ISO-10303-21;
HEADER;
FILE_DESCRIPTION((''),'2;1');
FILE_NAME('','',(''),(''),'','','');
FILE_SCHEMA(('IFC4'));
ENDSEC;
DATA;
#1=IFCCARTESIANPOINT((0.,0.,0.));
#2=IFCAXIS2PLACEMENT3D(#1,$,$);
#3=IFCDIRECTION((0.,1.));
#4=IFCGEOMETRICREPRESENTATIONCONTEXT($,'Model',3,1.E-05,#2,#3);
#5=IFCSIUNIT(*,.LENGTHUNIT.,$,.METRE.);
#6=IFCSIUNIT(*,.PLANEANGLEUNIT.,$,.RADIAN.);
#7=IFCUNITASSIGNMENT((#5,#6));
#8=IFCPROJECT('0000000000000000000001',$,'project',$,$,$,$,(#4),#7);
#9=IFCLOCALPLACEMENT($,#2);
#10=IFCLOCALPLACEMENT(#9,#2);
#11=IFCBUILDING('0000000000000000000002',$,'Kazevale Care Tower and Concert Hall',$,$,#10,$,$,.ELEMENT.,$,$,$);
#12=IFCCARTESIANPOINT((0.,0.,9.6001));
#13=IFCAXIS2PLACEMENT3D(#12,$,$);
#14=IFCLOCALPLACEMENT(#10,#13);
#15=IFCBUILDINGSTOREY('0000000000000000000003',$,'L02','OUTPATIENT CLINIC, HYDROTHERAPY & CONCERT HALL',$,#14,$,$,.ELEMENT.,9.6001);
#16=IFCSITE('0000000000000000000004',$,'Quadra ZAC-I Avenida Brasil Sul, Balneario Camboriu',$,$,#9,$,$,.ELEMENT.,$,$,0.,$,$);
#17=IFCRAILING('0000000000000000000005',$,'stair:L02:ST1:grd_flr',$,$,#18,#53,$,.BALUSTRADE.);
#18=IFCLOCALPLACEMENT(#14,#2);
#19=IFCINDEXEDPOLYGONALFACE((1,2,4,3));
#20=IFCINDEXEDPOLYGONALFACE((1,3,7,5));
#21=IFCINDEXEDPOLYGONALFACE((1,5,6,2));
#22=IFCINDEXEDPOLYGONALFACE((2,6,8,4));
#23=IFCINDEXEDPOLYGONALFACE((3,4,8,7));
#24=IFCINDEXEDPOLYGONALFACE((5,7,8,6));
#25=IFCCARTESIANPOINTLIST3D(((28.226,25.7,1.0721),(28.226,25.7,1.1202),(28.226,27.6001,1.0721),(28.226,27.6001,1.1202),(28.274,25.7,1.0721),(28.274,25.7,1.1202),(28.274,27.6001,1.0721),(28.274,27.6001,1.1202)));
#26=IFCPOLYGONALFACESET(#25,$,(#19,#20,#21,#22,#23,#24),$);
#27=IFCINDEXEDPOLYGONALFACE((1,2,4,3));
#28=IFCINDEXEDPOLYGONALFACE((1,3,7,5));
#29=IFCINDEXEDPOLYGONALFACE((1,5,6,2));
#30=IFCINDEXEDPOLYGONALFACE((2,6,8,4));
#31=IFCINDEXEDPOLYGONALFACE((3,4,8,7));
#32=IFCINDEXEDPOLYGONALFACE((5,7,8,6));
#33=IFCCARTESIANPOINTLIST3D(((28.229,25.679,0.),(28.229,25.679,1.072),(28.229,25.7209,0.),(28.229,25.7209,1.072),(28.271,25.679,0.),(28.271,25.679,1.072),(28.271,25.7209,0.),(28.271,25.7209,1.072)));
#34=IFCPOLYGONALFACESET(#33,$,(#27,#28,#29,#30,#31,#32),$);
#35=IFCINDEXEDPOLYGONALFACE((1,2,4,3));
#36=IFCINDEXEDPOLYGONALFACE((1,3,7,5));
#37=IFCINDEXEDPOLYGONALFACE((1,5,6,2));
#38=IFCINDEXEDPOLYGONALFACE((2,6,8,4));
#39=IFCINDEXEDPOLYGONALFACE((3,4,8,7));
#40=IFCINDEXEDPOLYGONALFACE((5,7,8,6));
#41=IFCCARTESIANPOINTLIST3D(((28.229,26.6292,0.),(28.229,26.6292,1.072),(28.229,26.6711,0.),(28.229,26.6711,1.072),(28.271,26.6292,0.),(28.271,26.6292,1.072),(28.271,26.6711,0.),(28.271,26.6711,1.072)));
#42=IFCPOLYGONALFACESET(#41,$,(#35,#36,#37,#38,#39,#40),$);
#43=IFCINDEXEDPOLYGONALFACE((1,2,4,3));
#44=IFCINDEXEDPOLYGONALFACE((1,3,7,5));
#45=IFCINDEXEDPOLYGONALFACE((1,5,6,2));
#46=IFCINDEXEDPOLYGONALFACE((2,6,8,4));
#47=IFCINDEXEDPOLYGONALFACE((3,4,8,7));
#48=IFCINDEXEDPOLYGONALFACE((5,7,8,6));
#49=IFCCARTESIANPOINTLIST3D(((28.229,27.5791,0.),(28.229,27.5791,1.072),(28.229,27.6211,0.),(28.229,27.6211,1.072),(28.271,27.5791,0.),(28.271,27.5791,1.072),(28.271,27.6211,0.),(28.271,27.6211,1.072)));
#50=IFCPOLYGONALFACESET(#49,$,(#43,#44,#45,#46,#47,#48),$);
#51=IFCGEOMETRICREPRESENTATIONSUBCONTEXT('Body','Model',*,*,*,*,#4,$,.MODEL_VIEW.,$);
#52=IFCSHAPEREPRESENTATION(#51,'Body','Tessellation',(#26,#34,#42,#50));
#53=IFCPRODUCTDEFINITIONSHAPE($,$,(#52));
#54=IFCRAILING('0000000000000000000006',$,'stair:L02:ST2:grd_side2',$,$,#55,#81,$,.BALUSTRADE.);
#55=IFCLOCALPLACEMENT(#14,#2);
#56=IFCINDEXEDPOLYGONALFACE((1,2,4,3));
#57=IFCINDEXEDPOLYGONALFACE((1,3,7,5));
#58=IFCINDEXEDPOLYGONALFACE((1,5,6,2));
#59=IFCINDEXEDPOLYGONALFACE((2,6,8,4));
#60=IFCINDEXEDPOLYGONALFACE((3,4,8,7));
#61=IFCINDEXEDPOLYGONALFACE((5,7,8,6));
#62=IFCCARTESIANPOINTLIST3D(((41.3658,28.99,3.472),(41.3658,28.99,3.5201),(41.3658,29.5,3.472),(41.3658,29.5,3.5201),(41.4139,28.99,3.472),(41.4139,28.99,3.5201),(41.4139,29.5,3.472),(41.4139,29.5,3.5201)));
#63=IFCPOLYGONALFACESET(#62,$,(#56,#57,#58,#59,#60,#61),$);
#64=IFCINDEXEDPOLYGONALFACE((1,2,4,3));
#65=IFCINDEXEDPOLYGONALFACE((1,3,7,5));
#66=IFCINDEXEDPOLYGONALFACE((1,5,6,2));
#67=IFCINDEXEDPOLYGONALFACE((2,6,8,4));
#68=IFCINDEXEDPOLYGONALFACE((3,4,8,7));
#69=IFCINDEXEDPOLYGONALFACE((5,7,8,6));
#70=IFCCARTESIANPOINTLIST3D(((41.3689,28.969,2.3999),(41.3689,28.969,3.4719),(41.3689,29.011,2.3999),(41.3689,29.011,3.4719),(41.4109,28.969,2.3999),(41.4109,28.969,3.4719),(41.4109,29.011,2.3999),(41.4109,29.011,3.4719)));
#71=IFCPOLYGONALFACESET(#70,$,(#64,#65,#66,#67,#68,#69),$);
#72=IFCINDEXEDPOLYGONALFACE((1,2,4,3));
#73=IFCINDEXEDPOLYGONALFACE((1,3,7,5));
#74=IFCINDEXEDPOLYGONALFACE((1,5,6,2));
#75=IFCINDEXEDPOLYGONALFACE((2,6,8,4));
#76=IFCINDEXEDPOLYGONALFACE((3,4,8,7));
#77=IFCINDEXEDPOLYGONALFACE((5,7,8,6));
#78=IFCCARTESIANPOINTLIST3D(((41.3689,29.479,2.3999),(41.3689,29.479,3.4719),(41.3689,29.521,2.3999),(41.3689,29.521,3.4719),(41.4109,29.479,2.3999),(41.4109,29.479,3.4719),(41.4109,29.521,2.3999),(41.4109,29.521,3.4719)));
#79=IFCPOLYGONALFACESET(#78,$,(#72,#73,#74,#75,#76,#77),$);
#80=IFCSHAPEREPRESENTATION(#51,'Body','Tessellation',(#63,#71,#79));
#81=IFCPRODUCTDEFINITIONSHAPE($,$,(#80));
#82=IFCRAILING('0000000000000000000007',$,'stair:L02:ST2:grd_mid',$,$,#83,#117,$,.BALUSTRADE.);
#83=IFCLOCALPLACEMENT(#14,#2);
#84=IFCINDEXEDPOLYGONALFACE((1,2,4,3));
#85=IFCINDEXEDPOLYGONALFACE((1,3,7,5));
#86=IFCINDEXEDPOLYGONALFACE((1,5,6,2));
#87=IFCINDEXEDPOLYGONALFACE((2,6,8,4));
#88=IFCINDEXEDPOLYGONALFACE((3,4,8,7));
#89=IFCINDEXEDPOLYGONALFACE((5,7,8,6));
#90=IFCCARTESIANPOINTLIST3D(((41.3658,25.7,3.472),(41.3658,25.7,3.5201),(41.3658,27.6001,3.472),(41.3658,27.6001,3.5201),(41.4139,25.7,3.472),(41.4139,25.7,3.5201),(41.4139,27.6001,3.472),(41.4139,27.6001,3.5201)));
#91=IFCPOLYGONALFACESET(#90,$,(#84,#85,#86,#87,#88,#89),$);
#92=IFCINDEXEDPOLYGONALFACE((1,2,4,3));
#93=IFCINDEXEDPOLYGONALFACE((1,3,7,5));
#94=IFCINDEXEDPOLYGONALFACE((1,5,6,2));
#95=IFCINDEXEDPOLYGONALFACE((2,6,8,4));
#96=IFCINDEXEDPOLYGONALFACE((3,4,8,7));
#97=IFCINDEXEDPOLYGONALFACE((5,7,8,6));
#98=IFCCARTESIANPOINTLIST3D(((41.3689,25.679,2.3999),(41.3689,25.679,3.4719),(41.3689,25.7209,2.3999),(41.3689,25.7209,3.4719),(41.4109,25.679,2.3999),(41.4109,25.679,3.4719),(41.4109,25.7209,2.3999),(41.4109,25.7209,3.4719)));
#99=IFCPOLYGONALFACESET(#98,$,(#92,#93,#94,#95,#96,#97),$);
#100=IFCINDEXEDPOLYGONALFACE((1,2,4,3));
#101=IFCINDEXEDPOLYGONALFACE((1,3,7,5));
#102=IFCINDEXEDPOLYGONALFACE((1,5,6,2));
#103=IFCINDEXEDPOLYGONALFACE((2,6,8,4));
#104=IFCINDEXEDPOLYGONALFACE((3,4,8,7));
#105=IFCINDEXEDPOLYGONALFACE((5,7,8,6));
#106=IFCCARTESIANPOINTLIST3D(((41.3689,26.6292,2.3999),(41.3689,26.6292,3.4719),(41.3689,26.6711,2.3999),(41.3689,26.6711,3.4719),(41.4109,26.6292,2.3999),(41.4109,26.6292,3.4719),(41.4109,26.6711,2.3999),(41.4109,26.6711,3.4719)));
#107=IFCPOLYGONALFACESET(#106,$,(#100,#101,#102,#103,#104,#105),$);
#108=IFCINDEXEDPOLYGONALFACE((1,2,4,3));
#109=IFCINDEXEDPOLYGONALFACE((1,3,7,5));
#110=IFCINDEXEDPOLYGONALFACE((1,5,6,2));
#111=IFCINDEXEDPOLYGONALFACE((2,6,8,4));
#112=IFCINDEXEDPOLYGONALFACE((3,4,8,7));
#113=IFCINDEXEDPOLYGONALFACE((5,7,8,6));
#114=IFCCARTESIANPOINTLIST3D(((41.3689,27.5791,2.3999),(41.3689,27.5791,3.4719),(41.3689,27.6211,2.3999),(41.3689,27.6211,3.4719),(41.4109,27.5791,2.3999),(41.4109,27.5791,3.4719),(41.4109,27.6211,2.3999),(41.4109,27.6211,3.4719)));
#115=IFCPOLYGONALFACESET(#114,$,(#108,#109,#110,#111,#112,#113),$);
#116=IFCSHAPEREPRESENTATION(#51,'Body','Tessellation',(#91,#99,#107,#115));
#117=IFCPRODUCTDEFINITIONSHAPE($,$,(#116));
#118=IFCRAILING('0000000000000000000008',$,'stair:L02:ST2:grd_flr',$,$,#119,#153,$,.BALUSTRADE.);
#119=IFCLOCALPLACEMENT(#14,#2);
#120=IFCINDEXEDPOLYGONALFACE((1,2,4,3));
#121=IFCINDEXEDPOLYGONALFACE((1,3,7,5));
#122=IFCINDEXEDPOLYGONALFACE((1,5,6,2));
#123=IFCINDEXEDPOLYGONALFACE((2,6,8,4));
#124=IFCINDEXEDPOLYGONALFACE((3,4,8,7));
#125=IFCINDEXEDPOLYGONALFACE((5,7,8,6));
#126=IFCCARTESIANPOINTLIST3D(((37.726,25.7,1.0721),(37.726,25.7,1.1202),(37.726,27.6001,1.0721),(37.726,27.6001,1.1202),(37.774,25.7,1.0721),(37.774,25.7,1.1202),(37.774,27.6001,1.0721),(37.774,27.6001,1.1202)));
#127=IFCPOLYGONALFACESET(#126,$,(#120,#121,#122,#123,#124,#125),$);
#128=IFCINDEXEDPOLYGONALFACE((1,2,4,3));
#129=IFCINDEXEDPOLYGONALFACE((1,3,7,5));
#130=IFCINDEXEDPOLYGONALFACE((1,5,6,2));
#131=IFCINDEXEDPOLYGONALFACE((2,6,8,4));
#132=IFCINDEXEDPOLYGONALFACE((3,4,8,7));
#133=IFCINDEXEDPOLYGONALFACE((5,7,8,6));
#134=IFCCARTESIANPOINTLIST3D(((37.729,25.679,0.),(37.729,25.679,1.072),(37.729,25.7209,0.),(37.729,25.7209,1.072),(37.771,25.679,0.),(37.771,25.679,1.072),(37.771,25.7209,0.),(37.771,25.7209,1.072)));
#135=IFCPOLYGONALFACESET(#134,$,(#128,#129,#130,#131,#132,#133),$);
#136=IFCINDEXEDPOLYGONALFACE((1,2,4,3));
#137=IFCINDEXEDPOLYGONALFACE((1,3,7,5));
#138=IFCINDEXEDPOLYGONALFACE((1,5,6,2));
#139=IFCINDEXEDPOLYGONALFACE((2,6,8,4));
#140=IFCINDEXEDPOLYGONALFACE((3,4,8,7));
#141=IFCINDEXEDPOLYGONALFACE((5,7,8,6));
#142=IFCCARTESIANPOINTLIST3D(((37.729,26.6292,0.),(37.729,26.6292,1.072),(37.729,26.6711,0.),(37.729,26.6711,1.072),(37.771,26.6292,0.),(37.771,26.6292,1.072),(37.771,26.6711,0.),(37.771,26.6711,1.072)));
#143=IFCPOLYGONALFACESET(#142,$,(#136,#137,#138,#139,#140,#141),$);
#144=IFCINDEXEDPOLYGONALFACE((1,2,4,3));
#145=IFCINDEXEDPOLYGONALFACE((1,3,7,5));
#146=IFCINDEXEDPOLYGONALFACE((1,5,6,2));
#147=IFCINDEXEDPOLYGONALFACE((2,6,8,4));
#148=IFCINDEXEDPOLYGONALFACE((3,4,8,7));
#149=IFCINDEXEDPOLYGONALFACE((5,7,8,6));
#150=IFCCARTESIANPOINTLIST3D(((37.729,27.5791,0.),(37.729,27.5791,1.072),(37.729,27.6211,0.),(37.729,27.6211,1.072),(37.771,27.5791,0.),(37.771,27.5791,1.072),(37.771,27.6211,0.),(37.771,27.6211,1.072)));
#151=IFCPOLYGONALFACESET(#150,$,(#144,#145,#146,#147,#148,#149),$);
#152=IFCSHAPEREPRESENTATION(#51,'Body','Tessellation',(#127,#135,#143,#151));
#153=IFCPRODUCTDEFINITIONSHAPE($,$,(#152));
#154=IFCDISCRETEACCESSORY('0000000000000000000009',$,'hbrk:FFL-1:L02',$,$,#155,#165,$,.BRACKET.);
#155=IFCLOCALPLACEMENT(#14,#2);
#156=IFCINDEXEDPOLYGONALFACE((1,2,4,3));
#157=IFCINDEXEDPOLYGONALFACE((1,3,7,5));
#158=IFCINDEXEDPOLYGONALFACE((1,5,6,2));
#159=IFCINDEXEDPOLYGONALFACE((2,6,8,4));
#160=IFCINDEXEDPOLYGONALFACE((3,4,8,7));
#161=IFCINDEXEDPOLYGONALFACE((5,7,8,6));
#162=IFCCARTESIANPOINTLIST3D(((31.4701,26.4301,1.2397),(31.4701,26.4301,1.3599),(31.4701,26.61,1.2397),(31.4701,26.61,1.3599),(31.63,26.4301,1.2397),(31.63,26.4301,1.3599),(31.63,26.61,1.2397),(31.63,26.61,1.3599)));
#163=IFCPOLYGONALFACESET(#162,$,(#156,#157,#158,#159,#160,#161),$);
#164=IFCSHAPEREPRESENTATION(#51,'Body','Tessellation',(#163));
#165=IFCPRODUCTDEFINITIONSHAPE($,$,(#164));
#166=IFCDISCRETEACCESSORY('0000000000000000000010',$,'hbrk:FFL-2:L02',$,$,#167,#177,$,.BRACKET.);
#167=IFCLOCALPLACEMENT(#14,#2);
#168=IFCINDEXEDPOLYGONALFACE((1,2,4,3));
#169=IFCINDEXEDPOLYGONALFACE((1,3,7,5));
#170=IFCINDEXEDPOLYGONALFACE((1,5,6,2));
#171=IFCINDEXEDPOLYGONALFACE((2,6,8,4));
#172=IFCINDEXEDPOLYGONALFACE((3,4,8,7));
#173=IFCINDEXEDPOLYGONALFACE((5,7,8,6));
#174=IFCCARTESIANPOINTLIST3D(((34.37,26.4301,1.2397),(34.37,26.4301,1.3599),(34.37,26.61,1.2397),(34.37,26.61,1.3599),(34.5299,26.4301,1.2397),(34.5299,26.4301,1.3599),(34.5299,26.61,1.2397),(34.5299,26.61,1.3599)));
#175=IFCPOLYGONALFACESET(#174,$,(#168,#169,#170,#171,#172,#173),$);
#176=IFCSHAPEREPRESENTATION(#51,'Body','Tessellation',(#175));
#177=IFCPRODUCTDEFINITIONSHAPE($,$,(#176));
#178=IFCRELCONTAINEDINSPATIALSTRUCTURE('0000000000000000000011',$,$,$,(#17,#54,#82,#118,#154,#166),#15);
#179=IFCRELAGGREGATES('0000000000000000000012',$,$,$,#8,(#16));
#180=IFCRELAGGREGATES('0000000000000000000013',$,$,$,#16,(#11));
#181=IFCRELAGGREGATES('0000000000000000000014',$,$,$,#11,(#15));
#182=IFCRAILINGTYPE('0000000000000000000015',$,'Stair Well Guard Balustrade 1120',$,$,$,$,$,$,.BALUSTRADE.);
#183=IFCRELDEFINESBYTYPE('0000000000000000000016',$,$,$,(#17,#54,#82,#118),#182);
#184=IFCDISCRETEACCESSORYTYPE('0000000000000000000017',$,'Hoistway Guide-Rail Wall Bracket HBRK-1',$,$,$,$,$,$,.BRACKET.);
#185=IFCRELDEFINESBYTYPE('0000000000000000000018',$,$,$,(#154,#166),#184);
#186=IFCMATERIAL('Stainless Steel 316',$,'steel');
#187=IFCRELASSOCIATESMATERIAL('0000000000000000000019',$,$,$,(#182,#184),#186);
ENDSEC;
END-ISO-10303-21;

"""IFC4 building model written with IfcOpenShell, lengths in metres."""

from ifc_helpers import new_model, si_unit, direction, frame, origin, origin_2d, place, context, subcontext, project, spatial, rectangle, extrude, material, type_object, element, save


model = new_model("IFC4")

# Units and contexts
model_context = context("Model", 3, precision=1e-05, world=origin(), true_north=direction((0.0, 1.0)))
body_context = subcontext(model_context, "Body", "Model", "MODEL_VIEW")
ifc_project = project(units=[si_unit("LENGTHUNIT", "METRE"), si_unit("PLANEANGLEUNIT", "RADIAN")], contexts=[model_context])

# Site, building, storey
site_placement = place(None, origin())
site = spatial("IfcSite", under=ifc_project, at=site_placement, Name="Quadra ZAC-I Avenida Brasil Sul, Balneario Camboriu", CompositionType="ELEMENT", RefElevation=0.0)
building_placement = place(site_placement, origin())
building = spatial("IfcBuilding", under=site, at=building_placement, Name="Kazevale Care Tower and Concert Hall", CompositionType="ELEMENT")
storey_placement = place(building_placement, frame((0.0, 0.0, 9.6001)))
storey = spatial("IfcBuildingStorey", under=building, at=storey_placement, Name="L02", Description="OUTPATIENT CLINIC, HYDROTHERAPY & CONCERT HALL", CompositionType="ELEMENT", Elevation=9.6001)

# Shared definitions
ifc_material_1 = material(Name="Stainless Steel 316", Category="steel")

# Railings
railing_type_1 = type_object("IfcRailingType", Name="Stair Well Guard Balustrade 1120", PredefinedType="BALUSTRADE", material=ifc_material_1)
railing_1_placement = place(storey_placement, frame((28.25, 25.7, 0.0)))
element("IfcRailing", 1, at=railing_1_placement, inside=storey, type_object=railing_type_1, Name="stair:L02:ST1:grd_flr", PredefinedType="BALUSTRADE", context=body_context, shape_type="SweptSolid", body=[
    extrude(rectangle(XDim=0.0481, YDim=0.0481, at=origin_2d()), frame((0.0, 0.0, 1.0962), z_axis=(0.0, 1.0, 0.0), x_axis=(-1.0, 0.0, 0.0)), (0.0, 0.0, 1.0), 1.9001),
    extrude(rectangle(XDim=0.042, YDim=0.042, at=origin_2d()), origin(), (0.0, 0.0, 1.0), 1.072),
    extrude(rectangle(XDim=0.042, YDim=0.042, at=origin_2d()), frame((0.0, 0.9502, 0.0)), (0.0, 0.0, 1.0), 1.072),
    extrude(rectangle(XDim=0.042, YDim=0.042, at=origin_2d()), frame((0.0, 1.9001, 0.0)), (0.0, 0.0, 1.0), 1.072),
])
railing_2_placement = place(storey_placement, frame((41.3899, 28.99, 2.3999)))
element("IfcRailing", 2, at=railing_2_placement, inside=storey, type_object=railing_type_1, Name="stair:L02:ST2:grd_side2", PredefinedType="BALUSTRADE", context=body_context, shape_type="SweptSolid", body=[
    extrude(rectangle(XDim=0.0481, YDim=0.0481, at=origin_2d()), frame((0.0, 0.0, 1.0962), z_axis=(0.0, 1.0, 0.0), x_axis=(-1.0, 0.0, 0.0)), (0.0, 0.0, 1.0), 0.51),
    extrude(rectangle(XDim=0.042, YDim=0.042, at=origin_2d()), origin(), (0.0, 0.0, 1.0), 1.072),
    extrude(rectangle(XDim=0.042, YDim=0.042, at=origin_2d()), frame((0.0, 0.51, 0.0)), (0.0, 0.0, 1.0), 1.072),
])
for number, where, name in (
    (3, (41.3899, 25.7, 2.3999), "stair:L02:ST2:grd_mid"),
    (4, (37.75, 25.7, 0.0), "stair:L02:ST2:grd_flr"),
):
    element("IfcRailing", number, at=place(storey_placement, frame(where)), inside=storey, type_object=railing_type_1, Name=name, PredefinedType="BALUSTRADE", context=body_context, shape_type="SweptSolid", body=[
        extrude(rectangle(XDim=0.0481, YDim=0.0481, at=origin_2d()), frame((0.0, 0.0, 1.0962), z_axis=(0.0, 1.0, 0.0), x_axis=(-1.0, 0.0, 0.0)), (0.0, 0.0, 1.0), 1.9001),
        extrude(rectangle(XDim=0.042, YDim=0.042, at=origin_2d()), origin(), (0.0, 0.0, 1.0), 1.072),
        extrude(rectangle(XDim=0.042, YDim=0.042, at=origin_2d()), frame((0.0, 0.9502, 0.0)), (0.0, 0.0, 1.0), 1.072),
        extrude(rectangle(XDim=0.042, YDim=0.042, at=origin_2d()), frame((0.0, 1.9001, 0.0)), (0.0, 0.0, 1.0), 1.072),
    ])

# Discrete accessories
discrete_accessory_type = type_object("IfcDiscreteAccessoryType", Name="Hoistway Guide-Rail Wall Bracket HBRK-1", PredefinedType="BRACKET", material=ifc_material_1)
for number, where, z_axis, x_axis, name in (
    (5, (31.55, 26.52, 1.2397), (0.0, 0.0, 1.0), (1.0, 0.0, 0.0), "hbrk:FFL-1:L02"),
    (6, (34.45, 26.52, 1.2397), (0.0, 0.0, 1.0), (1.0, 0.0, 0.0), "hbrk:FFL-2:L02"),
):
    element("IfcDiscreteAccessory", number, at=place(storey_placement, frame(where, z_axis=z_axis, x_axis=x_axis)), inside=storey, type_object=discrete_accessory_type, Name=name, PredefinedType="BRACKET", context=body_context, shape_type="SweptSolid", body=[
        extrude(rectangle(XDim=0.1599, YDim=0.1799, at=origin_2d()), origin(), (0.0, 0.0, 1.0), 0.1201),
    ])

save(model, "model.ifc")
